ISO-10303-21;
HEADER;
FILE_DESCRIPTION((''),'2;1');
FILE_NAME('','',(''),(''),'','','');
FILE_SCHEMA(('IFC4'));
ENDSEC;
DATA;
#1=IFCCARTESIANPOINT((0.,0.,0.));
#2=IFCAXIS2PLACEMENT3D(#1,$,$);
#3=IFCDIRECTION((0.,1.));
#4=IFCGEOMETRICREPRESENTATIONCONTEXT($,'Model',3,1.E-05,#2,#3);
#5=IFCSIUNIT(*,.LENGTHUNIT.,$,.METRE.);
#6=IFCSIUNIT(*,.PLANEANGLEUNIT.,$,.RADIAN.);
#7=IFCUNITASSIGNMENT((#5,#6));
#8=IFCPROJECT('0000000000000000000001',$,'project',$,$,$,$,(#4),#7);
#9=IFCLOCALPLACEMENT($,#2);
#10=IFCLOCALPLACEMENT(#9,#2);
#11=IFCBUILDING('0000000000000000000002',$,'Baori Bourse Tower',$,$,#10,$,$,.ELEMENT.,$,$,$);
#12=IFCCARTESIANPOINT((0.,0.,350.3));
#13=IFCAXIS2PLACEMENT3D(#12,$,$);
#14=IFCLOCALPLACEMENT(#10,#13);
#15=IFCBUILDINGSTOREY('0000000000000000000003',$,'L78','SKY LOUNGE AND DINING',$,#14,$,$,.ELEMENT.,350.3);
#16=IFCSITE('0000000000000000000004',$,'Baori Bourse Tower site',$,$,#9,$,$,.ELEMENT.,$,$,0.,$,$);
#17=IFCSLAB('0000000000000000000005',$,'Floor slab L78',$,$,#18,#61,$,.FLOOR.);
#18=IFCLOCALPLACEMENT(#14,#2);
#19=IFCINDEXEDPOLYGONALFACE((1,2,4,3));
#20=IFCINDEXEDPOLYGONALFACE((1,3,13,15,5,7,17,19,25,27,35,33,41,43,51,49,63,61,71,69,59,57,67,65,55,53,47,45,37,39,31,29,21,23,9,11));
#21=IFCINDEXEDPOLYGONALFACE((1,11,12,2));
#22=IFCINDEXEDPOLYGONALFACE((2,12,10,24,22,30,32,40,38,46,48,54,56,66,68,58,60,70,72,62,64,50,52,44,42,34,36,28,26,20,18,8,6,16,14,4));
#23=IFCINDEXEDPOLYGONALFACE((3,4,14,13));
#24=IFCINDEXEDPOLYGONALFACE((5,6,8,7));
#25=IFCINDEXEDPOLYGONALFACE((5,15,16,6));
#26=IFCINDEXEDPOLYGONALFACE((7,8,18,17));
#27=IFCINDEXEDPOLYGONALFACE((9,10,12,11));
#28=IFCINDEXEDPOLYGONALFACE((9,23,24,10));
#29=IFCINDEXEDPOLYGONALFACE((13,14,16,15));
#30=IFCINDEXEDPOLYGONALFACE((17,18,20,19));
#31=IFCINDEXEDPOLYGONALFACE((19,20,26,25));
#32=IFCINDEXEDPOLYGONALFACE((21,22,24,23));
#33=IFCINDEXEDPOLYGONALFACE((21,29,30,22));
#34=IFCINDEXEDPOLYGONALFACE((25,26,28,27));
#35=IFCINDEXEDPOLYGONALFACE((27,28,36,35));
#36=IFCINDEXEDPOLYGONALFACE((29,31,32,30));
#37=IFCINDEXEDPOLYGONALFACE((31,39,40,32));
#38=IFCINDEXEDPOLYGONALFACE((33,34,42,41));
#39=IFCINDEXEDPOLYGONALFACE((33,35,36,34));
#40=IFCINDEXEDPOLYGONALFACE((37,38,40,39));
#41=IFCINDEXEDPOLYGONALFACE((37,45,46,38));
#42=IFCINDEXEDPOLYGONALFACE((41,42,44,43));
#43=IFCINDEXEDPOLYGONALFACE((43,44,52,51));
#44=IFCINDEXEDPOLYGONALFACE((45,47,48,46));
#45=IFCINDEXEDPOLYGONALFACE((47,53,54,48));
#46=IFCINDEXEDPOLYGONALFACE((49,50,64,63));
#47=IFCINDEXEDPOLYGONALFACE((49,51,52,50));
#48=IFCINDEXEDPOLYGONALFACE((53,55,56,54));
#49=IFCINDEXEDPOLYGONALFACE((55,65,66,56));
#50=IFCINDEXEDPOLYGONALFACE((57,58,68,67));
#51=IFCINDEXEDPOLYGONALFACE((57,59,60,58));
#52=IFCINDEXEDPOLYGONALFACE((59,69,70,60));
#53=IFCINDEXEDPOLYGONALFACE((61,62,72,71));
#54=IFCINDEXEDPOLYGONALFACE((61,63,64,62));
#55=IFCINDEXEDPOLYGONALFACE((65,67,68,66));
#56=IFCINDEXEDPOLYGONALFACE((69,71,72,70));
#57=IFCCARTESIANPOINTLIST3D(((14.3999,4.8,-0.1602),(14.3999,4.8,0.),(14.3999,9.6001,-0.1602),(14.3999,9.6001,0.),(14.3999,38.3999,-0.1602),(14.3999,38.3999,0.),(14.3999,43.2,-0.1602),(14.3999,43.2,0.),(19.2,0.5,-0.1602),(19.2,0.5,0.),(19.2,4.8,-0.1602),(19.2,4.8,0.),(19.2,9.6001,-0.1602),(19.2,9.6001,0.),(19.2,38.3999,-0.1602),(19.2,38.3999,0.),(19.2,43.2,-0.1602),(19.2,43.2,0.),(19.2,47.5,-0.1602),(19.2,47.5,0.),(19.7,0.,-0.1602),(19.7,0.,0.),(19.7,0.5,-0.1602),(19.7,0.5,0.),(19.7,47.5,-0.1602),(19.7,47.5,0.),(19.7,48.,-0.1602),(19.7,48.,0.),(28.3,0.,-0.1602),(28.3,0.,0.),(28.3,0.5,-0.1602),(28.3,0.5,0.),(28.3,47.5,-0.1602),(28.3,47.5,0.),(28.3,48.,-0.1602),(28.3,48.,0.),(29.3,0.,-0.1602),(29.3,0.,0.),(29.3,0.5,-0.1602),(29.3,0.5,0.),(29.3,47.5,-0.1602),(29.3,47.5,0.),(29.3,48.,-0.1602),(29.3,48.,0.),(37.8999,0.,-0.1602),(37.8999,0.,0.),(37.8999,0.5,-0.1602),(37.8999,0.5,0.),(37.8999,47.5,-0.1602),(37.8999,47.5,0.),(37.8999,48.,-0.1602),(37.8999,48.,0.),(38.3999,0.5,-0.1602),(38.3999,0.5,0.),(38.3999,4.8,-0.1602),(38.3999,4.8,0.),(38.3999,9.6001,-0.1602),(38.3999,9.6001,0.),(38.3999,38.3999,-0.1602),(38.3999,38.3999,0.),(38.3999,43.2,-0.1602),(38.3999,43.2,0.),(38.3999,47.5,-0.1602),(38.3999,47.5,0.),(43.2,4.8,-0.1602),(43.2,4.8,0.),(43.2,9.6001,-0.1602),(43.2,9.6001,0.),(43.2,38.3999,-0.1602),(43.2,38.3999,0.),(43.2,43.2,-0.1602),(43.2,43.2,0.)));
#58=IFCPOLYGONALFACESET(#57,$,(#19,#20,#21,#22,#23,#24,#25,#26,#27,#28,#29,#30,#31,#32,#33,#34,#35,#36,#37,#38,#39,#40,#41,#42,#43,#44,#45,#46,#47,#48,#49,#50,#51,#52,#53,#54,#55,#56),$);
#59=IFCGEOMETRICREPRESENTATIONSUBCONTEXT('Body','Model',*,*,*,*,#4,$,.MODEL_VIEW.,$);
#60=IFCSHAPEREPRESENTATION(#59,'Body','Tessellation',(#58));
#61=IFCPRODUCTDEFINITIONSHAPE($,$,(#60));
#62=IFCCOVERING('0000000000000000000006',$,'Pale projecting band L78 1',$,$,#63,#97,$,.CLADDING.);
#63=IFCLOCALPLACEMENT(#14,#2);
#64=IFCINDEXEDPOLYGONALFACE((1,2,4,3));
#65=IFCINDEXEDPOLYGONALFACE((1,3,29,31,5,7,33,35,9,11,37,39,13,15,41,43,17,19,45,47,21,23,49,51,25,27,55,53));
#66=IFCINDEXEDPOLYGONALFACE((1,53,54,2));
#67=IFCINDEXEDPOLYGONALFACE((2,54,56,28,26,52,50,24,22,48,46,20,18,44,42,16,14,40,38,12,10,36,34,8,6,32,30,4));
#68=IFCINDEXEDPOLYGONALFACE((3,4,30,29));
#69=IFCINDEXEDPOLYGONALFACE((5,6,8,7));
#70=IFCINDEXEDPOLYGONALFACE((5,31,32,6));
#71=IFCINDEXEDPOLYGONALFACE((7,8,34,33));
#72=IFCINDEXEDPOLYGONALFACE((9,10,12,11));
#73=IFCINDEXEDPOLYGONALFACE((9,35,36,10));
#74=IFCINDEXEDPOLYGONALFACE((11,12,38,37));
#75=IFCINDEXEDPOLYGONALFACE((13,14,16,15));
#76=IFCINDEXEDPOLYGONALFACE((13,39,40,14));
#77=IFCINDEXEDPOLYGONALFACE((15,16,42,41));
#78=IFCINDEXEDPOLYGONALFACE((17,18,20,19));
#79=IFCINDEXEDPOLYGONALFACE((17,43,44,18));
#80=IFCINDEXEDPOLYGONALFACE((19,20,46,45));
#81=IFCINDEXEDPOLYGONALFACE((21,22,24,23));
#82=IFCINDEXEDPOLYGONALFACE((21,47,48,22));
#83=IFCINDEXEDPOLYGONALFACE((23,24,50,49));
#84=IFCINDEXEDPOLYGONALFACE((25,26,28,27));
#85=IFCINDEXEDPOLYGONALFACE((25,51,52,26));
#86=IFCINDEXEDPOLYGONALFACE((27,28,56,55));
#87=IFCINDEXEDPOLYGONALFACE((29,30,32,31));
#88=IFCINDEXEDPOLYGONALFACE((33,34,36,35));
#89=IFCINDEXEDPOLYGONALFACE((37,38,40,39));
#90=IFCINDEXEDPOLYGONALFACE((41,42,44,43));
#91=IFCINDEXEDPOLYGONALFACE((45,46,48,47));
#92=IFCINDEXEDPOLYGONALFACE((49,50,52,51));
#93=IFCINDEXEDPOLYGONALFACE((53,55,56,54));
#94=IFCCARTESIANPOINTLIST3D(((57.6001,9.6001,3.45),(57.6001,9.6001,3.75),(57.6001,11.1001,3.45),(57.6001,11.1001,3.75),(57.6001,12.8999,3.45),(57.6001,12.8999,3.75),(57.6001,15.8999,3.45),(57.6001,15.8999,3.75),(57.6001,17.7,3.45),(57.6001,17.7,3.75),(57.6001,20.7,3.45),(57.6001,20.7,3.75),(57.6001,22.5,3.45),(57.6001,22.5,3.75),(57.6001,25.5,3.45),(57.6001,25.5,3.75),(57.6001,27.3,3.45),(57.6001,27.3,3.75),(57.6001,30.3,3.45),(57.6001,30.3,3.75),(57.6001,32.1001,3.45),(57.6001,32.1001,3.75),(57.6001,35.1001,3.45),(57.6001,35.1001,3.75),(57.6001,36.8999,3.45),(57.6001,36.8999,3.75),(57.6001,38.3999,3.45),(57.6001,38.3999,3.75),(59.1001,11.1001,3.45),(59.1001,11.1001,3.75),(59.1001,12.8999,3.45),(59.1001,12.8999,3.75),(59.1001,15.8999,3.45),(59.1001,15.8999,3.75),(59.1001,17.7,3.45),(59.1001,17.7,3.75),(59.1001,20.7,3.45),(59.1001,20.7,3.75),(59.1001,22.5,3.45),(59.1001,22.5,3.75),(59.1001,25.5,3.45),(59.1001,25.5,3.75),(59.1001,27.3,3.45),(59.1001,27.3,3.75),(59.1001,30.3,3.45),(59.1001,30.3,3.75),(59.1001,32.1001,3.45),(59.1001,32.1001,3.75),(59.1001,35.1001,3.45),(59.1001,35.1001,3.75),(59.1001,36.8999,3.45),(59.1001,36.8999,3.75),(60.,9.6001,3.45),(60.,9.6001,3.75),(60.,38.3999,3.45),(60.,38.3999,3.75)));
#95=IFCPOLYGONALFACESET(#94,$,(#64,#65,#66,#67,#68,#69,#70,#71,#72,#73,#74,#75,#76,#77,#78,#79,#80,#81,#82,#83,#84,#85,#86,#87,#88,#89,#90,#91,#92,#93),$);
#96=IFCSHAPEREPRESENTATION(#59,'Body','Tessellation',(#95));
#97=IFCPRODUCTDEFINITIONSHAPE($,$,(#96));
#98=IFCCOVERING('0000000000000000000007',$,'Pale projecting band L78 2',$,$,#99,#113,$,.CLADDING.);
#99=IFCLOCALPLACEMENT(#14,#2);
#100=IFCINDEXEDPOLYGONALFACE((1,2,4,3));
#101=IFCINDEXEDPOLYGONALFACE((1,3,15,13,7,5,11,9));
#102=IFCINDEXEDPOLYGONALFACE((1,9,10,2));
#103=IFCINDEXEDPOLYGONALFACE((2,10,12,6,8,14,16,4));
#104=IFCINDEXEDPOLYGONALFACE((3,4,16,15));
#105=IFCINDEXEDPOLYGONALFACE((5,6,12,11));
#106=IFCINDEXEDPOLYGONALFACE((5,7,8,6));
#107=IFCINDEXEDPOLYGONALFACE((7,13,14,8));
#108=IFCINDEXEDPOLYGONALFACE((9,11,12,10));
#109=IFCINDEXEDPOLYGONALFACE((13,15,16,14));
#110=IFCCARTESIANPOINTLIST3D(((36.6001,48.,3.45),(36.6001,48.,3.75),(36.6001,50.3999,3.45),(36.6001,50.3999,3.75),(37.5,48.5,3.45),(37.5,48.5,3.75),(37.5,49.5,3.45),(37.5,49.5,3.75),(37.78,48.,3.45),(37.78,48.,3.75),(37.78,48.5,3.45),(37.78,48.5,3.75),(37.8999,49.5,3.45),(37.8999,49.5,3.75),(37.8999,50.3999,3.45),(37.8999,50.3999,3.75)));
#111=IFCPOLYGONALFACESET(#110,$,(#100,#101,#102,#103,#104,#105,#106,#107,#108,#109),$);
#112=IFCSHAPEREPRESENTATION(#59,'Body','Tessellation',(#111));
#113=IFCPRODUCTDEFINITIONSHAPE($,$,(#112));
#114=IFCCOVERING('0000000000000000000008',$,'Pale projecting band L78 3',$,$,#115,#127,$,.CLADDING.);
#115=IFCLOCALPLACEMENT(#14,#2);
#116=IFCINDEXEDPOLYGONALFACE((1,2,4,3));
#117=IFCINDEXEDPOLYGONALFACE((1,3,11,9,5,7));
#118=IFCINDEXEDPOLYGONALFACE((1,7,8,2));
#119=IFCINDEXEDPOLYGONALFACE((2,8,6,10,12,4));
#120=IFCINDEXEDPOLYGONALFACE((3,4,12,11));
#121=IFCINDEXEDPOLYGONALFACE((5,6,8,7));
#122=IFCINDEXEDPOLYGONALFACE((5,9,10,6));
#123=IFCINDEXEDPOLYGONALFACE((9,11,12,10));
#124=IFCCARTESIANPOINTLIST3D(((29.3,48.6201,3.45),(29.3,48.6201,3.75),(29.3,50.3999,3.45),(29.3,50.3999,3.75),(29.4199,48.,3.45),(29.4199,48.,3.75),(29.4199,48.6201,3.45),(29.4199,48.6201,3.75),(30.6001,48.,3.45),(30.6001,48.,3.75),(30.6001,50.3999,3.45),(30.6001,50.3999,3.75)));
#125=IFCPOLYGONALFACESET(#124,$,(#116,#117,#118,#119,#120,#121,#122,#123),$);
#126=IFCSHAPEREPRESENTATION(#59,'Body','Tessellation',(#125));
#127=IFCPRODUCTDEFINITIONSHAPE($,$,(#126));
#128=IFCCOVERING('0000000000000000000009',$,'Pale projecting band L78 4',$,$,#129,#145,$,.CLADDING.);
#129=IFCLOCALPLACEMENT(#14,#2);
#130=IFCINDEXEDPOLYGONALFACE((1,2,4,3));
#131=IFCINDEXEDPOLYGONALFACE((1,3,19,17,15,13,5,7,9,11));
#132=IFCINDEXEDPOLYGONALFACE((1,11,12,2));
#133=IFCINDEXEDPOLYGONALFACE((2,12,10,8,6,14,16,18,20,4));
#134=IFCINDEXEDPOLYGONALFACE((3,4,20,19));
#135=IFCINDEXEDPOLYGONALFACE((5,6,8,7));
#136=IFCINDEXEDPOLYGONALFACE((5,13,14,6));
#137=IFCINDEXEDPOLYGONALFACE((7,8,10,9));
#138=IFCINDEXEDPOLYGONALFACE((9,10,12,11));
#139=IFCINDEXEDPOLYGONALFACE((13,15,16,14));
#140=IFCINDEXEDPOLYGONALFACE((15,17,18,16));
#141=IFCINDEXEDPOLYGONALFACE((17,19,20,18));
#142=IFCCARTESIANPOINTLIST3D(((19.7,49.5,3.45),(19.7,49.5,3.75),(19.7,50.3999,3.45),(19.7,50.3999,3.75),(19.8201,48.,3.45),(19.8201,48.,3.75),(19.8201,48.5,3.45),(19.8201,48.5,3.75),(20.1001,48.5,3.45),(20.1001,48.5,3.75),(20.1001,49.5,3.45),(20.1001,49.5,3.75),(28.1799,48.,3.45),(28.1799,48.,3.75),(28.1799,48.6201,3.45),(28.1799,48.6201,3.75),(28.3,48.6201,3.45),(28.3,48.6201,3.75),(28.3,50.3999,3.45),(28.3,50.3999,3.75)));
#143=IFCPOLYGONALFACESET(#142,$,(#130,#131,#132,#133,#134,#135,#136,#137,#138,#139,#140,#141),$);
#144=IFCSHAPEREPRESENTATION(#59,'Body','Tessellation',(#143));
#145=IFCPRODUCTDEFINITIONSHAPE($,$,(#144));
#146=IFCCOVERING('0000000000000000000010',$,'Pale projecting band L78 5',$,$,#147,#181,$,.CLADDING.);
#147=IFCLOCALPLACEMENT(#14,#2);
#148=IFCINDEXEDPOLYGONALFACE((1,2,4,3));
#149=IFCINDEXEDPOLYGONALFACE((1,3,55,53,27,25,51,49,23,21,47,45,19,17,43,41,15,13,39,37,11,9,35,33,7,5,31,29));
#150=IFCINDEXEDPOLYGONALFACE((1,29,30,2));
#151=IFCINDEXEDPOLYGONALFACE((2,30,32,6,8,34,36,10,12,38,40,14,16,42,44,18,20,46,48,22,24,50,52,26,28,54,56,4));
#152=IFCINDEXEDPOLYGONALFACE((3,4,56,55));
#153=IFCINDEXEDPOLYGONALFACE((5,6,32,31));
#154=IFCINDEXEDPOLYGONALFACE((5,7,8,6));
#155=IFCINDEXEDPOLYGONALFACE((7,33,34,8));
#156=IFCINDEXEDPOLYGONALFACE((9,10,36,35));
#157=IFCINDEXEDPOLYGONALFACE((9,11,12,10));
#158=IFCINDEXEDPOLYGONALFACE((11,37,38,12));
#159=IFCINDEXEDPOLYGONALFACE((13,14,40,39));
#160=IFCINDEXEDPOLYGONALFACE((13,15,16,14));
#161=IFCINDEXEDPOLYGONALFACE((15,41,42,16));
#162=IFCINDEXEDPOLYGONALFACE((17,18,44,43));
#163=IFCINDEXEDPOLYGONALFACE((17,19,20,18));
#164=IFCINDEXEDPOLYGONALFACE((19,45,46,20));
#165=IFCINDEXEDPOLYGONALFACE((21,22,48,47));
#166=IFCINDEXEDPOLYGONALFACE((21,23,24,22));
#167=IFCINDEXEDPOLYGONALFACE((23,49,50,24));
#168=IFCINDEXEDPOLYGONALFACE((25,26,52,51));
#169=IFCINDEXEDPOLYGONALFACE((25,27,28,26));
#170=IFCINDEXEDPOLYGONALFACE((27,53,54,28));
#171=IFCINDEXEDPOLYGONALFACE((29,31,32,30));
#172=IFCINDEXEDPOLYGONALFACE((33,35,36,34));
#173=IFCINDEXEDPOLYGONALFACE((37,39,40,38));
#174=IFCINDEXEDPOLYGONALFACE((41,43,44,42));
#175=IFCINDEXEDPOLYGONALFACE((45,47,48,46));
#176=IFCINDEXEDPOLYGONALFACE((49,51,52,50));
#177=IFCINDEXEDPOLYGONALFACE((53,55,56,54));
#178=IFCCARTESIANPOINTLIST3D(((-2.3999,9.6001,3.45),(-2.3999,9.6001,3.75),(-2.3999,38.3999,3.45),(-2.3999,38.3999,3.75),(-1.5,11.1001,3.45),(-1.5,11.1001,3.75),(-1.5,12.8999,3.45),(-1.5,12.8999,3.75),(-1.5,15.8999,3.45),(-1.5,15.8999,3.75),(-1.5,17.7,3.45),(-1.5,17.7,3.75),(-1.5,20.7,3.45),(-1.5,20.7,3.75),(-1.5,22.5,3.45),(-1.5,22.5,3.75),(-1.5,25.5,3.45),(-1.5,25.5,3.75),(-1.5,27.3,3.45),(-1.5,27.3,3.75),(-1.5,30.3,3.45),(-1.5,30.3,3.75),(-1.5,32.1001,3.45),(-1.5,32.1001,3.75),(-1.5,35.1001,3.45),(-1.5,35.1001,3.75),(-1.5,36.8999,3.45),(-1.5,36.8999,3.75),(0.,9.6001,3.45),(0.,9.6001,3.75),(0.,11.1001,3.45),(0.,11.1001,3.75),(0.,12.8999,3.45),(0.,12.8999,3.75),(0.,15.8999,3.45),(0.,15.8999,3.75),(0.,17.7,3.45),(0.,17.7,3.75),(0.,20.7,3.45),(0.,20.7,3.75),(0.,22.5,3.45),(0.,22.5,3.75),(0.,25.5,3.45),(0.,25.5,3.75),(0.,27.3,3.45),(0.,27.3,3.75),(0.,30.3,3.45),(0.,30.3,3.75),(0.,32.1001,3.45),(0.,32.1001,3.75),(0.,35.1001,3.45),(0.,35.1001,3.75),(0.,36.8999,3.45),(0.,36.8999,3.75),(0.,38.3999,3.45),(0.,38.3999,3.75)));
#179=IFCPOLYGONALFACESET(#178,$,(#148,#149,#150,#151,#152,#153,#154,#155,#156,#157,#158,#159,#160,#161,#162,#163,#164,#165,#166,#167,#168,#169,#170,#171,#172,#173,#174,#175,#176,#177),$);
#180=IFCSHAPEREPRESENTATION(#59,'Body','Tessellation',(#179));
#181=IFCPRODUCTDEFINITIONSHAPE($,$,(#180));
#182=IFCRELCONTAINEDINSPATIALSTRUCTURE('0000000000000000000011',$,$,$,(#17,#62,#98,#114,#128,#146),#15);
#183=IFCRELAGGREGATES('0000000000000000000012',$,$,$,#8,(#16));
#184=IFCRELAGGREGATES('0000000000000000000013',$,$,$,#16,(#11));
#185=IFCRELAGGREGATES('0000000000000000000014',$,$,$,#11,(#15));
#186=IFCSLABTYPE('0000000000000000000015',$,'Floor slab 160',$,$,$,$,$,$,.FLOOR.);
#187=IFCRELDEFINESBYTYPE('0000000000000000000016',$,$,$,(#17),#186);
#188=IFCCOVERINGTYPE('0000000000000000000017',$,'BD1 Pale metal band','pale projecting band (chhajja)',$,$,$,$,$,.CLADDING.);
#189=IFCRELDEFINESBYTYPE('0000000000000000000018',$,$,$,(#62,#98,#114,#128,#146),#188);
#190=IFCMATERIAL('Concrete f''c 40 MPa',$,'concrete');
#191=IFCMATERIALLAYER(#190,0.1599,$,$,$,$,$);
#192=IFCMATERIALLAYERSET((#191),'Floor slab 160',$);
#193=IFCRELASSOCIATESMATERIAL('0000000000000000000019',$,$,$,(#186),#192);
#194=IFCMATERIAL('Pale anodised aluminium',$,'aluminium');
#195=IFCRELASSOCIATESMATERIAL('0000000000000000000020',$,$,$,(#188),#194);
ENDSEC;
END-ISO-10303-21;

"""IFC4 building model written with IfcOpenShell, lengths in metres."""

from ifc_helpers import new_model, si_unit, direction, frame, origin, place, context, subcontext, project, spatial, polyline, outline, extrude, material, layer, layer_set, type_object, element, save


model = new_model("IFC4")

# Units and contexts
model_context = context("Model", 3, precision=1e-05, world=origin(), true_north=direction((0.0, 1.0)))
body_context = subcontext(model_context, "Body", "Model", "MODEL_VIEW")
ifc_project = project(units=[si_unit("LENGTHUNIT", "METRE"), si_unit("PLANEANGLEUNIT", "RADIAN")], contexts=[model_context])

# Site, building, storey
site_placement = place(None, origin())
site = spatial("IfcSite", under=ifc_project, at=site_placement, Name="Baori Bourse Tower site", CompositionType="ELEMENT", RefElevation=0.0)
building_placement = place(site_placement, origin())
building = spatial("IfcBuilding", under=site, at=building_placement, Name="Baori Bourse Tower", CompositionType="ELEMENT")
storey_placement = place(building_placement, frame((0.0, 0.0, 350.3)))
storey = spatial("IfcBuildingStorey", under=building, at=storey_placement, Name="L78", Description="SKY LOUNGE AND DINING", CompositionType="ELEMENT", Elevation=350.3)

# Slab
ifc_material_1 = material(Name="Concrete f'c 40 MPa", Category="concrete")
ifc_layer_1 = layer(ifc_material_1, 0.1599)
ifc_layer_set_1 = layer_set([ifc_layer_1], Name="Floor slab 160")
slab_type_1 = type_object("IfcSlabType", Name="Floor slab 160", PredefinedType="FLOOR", material=ifc_layer_set_1)
slab_1_placement = place(storey_placement, frame((0.0, 0.0, -0.1602)))
element("IfcSlab", 1, at=slab_1_placement, inside=storey, type_object=slab_type_1, Name="Floor slab L78", PredefinedType="FLOOR", context=body_context, shape_type="SweptSolid", body=[
    extrude(outline(polyline([(19.2, 4.8), (14.3999, 4.8), (14.3999, 9.6001), (19.2, 9.6001), (19.2, 38.3999), (14.3999, 38.3999), (14.3999, 43.2), (19.2, 43.2), (19.2, 47.5), (19.7, 47.5), (19.7, 48.0), (28.3, 48.0), (28.3, 47.5), (29.3, 47.5), (29.3, 48.0), (37.8999, 48.0), (37.8999, 47.5), (38.3999, 47.5), (38.3999, 43.2), (43.2, 43.2), (43.2, 38.3999), (38.3999, 38.3999), (38.3999, 9.6001), (43.2, 9.6001), (43.2, 4.8), (38.3999, 4.8), (38.3999, 0.5), (37.8999, 0.5), (37.8999, 0.0), (29.3, 0.0), (29.3, 0.5), (28.3, 0.5), (28.3, 0.0), (19.7, 0.0), (19.7, 0.5), (19.2, 0.5), (19.2, 4.8)])), origin(), (0.0, 0.0, 1.0), 0.1602),
])

# Coverings
ifc_material_2 = material(Name="Pale anodised aluminium", Category="aluminium")
covering_type_1 = type_object("IfcCoveringType", Name="BD1 Pale metal band", Description="pale projecting band (chhajja)", PredefinedType="CLADDING", material=ifc_material_2)
covering_1_placement = place(storey_placement, frame((0.0, 0.0, 3.45)))
element("IfcCovering", 2, at=covering_1_placement, inside=storey, type_object=covering_type_1, Name="Pale projecting band L78 1", PredefinedType="CLADDING", context=body_context, shape_type="SweptSolid", body=[
    extrude(outline(polyline([(57.6001, 11.1001), (57.6001, 9.6001), (60.0, 9.6001), (60.0, 38.3999), (57.6001, 38.3999), (57.6001, 36.8999), (59.1001, 36.8999), (59.1001, 35.1001), (57.6001, 35.1001), (57.6001, 32.1001), (59.1001, 32.1001), (59.1001, 30.3), (57.6001, 30.3), (57.6001, 27.3), (59.1001, 27.3), (59.1001, 25.5), (57.6001, 25.5), (57.6001, 22.5), (59.1001, 22.5), (59.1001, 20.7), (57.6001, 20.7), (57.6001, 17.7), (59.1001, 17.7), (59.1001, 15.8999), (57.6001, 15.8999), (57.6001, 12.8999), (59.1001, 12.8999), (59.1001, 11.1001), (57.6001, 11.1001)])), origin(), (0.0, 0.0, 1.0), 0.3),
])
covering_2_placement = place(storey_placement, frame((0.0, 0.0, 3.45)))
element("IfcCovering", 3, at=covering_2_placement, inside=storey, type_object=covering_type_1, Name="Pale projecting band L78 2", PredefinedType="CLADDING", context=body_context, shape_type="SweptSolid", body=[
    extrude(outline(polyline([(36.6001, 48.0), (37.78, 48.0), (37.78, 48.5), (37.5, 48.5), (37.5, 49.5), (37.8999, 49.5), (37.8999, 50.3999), (36.6001, 50.3999), (36.6001, 48.0)])), origin(), (0.0, 0.0, 1.0), 0.3),
])
covering_3_placement = place(storey_placement, frame((0.0, 0.0, 3.45)))
element("IfcCovering", 4, at=covering_3_placement, inside=storey, type_object=covering_type_1, Name="Pale projecting band L78 3", PredefinedType="CLADDING", context=body_context, shape_type="SweptSolid", body=[
    extrude(outline(polyline([(29.4199, 48.0), (30.6001, 48.0), (30.6001, 50.3999), (29.3, 50.3999), (29.3, 48.6201), (29.4199, 48.6201), (29.4199, 48.0)])), origin(), (0.0, 0.0, 1.0), 0.3),
])
covering_4_placement = place(storey_placement, frame((0.0, 0.0, 3.45)))
element("IfcCovering", 5, at=covering_4_placement, inside=storey, type_object=covering_type_1, Name="Pale projecting band L78 4", PredefinedType="CLADDING", context=body_context, shape_type="SweptSolid", body=[
    extrude(outline(polyline([(19.8201, 48.0), (28.1799, 48.0), (28.1799, 48.6201), (28.3, 48.6201), (28.3, 50.3999), (19.7, 50.3999), (19.7, 49.5), (20.1001, 49.5), (20.1001, 48.5), (19.8201, 48.5), (19.8201, 48.0)])), origin(), (0.0, 0.0, 1.0), 0.3),
])
covering_5_placement = place(storey_placement, frame((0.0, 0.0, 3.45)))
element("IfcCovering", 6, at=covering_5_placement, inside=storey, type_object=covering_type_1, Name="Pale projecting band L78 5", PredefinedType="CLADDING", context=body_context, shape_type="SweptSolid", body=[
    extrude(outline(polyline([(0.0, 36.8999), (0.0, 38.3999), (-2.3999, 38.3999), (-2.3999, 9.6001), (0.0, 9.6001), (0.0, 11.1001), (-1.5, 11.1001), (-1.5, 12.8999), (0.0, 12.8999), (0.0, 15.8999), (-1.5, 15.8999), (-1.5, 17.7), (0.0, 17.7), (0.0, 20.7), (-1.5, 20.7), (-1.5, 22.5), (0.0, 22.5), (0.0, 25.5), (-1.5, 25.5), (-1.5, 27.3), (0.0, 27.3), (0.0, 30.3), (-1.5, 30.3), (-1.5, 32.1001), (0.0, 32.1001), (0.0, 35.1001), (-1.5, 35.1001), (-1.5, 36.8999), (0.0, 36.8999)])), origin(), (0.0, 0.0, 1.0), 0.3),
])

save(model, "model.ifc")
